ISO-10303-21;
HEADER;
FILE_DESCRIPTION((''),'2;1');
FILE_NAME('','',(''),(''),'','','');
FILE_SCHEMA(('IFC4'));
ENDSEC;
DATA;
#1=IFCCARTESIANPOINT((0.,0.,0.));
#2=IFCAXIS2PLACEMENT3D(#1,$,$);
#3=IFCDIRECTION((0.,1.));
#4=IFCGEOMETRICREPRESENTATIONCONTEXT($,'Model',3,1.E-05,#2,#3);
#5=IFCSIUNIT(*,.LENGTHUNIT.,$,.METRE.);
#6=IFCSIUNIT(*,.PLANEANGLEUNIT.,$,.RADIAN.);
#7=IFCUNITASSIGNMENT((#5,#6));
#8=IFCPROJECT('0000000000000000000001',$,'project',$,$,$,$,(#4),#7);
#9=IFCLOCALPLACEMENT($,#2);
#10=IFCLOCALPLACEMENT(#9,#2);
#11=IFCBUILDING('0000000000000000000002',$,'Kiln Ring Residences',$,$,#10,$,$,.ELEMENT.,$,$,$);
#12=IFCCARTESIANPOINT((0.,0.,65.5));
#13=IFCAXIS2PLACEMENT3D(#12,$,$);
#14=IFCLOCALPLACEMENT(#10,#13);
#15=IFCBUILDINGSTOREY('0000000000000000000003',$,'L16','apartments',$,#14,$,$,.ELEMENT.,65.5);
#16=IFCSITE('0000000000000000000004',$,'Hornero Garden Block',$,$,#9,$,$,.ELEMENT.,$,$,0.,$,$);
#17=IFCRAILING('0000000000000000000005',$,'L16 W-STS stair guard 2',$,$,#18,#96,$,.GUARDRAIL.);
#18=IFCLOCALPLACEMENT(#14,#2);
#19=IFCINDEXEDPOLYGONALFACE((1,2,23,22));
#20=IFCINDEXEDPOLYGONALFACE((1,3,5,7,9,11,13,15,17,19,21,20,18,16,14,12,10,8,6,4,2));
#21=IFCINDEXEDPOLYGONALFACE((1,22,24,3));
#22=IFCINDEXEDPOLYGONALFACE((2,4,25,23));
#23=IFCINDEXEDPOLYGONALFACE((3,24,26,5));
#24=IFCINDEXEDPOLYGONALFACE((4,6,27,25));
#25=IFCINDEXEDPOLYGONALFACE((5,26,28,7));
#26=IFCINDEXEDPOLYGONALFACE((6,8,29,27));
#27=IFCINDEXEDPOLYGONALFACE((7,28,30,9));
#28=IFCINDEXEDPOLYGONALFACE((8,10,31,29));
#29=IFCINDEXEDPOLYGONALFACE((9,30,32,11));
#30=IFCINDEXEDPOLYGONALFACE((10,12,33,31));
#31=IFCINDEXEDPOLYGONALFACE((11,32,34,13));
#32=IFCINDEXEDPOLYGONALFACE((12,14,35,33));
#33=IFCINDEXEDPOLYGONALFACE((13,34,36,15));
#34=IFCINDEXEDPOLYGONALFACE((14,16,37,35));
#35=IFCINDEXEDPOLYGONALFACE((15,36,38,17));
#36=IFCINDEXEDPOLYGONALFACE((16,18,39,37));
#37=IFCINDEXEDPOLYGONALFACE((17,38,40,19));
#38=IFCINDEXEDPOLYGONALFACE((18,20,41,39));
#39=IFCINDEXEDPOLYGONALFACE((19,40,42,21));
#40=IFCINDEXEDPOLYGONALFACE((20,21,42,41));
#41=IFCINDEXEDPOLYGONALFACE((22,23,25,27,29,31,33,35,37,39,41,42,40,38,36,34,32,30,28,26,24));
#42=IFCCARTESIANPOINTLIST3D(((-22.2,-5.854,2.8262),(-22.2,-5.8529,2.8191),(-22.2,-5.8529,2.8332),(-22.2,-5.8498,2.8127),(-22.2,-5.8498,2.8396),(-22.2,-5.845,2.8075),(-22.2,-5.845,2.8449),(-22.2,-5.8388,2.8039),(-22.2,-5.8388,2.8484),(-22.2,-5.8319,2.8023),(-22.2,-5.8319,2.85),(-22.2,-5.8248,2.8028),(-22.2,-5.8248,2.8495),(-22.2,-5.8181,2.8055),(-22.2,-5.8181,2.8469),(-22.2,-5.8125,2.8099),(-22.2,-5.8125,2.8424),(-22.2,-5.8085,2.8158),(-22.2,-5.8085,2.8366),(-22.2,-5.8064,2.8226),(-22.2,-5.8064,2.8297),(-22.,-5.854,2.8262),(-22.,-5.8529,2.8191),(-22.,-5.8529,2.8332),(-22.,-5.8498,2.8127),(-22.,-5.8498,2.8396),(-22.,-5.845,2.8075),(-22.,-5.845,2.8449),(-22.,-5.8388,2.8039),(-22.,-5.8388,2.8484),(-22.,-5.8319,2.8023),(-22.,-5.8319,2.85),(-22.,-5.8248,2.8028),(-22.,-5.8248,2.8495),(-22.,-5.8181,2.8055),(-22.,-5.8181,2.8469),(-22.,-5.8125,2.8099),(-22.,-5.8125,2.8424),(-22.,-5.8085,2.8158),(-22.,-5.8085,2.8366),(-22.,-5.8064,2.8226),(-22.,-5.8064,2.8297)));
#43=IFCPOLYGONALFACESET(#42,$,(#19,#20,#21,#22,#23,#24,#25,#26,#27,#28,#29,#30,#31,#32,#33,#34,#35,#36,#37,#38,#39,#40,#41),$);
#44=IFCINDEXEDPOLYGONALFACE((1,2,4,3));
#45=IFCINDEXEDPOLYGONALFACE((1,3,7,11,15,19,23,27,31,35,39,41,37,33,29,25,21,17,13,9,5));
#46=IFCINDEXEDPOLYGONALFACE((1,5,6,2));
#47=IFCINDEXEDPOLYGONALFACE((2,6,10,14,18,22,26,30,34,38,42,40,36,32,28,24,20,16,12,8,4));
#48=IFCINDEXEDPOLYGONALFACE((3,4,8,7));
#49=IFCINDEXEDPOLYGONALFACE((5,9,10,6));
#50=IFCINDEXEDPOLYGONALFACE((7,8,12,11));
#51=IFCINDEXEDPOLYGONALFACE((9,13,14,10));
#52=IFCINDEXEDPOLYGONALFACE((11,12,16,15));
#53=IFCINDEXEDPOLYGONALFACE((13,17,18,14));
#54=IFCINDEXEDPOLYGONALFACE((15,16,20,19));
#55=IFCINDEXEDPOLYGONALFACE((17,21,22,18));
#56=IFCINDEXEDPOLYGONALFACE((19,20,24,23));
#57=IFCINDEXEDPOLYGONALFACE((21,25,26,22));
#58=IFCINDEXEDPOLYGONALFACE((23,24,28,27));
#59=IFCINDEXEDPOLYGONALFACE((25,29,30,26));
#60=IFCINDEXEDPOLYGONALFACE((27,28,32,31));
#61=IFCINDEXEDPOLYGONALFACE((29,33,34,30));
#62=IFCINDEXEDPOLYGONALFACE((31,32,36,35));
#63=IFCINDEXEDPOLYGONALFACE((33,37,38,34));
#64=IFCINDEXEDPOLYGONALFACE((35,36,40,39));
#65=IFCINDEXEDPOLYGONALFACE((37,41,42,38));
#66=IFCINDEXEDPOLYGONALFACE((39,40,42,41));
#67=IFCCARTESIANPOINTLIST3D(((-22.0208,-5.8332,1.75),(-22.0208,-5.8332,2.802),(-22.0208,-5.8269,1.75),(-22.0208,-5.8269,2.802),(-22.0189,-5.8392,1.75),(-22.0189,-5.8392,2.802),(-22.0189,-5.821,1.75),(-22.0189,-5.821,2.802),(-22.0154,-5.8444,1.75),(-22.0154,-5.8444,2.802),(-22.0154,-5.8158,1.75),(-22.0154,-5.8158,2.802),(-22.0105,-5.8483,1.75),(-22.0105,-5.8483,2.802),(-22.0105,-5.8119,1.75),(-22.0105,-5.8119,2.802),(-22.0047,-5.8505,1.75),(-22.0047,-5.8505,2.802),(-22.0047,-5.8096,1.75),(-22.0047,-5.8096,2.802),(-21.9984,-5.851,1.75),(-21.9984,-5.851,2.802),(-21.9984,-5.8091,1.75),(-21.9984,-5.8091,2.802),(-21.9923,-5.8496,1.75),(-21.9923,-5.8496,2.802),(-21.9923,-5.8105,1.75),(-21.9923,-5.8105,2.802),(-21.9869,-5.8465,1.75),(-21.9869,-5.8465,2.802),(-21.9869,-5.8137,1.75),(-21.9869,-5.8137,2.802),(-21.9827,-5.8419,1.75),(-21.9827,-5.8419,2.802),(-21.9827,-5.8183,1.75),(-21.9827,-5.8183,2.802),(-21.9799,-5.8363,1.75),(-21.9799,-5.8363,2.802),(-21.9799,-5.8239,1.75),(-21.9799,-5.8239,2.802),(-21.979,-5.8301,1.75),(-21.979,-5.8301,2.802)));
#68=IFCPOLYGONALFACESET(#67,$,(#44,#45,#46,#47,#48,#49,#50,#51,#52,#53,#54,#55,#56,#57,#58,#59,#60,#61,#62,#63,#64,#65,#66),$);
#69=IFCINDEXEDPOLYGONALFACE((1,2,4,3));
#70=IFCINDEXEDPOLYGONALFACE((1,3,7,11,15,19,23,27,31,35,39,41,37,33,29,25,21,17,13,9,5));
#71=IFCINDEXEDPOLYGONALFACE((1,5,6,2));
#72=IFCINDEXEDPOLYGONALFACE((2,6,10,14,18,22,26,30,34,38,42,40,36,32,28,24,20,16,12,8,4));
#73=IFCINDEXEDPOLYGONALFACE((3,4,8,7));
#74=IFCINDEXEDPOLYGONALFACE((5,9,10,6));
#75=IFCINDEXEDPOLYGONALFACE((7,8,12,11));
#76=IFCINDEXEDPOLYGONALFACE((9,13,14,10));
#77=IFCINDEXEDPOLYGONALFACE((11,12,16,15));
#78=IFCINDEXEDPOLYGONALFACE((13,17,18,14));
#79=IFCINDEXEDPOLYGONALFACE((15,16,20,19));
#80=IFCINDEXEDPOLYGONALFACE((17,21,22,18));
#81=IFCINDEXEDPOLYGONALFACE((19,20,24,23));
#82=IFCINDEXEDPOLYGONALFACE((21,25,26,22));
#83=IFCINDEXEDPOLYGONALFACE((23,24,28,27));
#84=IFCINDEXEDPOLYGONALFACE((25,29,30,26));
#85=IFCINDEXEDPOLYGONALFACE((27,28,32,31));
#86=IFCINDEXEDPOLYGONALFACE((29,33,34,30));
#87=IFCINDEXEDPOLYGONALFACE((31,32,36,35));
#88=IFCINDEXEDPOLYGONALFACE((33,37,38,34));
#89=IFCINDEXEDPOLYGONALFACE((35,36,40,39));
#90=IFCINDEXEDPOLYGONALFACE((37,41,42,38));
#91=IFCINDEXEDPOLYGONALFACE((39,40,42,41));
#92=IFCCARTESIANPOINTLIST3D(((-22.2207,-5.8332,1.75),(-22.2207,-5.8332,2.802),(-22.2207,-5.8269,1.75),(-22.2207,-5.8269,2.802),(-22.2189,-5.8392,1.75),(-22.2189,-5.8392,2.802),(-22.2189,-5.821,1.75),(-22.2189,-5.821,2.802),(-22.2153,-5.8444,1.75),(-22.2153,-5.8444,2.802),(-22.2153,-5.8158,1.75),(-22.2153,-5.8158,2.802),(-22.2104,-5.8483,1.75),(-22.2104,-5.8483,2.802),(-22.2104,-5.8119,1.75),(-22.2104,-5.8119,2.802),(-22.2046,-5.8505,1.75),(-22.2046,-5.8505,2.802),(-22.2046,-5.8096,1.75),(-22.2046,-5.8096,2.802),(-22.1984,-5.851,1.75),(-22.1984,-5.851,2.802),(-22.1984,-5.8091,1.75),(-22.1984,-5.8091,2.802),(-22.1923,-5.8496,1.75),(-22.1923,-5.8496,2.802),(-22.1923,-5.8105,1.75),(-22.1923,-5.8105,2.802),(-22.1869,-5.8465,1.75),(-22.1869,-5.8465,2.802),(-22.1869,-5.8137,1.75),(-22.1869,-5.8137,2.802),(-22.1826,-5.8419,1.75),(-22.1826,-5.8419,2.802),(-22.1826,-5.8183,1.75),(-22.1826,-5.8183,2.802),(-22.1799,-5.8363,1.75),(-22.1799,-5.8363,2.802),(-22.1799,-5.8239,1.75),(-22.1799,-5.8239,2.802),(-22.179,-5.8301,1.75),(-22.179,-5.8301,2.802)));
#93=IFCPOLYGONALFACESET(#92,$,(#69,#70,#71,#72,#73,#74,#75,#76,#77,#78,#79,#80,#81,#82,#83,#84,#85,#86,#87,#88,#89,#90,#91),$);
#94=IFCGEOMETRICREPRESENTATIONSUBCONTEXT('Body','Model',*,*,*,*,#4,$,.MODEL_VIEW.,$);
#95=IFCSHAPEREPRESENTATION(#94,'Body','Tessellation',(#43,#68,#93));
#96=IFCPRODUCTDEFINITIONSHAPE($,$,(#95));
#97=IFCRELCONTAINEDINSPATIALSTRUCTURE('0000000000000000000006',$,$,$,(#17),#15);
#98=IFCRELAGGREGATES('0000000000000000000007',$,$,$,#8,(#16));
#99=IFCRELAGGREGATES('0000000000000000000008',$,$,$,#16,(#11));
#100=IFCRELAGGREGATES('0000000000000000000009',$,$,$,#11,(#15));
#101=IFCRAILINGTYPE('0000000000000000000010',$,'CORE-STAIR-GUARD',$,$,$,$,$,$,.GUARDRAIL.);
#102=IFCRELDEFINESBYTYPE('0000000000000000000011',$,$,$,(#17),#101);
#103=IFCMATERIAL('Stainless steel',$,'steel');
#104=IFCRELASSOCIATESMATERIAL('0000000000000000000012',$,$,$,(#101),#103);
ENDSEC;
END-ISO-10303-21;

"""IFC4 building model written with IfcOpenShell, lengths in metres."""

from ifc_helpers import new_model, si_unit, direction, frame, origin, origin_2d, place, context, subcontext, project, spatial, circle, extrude, material, type_object, element, save


model = new_model("IFC4")

# Units and contexts
model_context = context("Model", 3, precision=1e-05, world=origin(), true_north=direction((0.0, 1.0)))
body_context = subcontext(model_context, "Body", "Model", "MODEL_VIEW")
ifc_project = project(units=[si_unit("LENGTHUNIT", "METRE"), si_unit("PLANEANGLEUNIT", "RADIAN")], contexts=[model_context])

# Site, building, storey
site_placement = place(None, origin())
site = spatial("IfcSite", under=ifc_project, at=site_placement, Name="Hornero Garden Block", CompositionType="ELEMENT", RefElevation=0.0)
building_placement = place(site_placement, origin())
building = spatial("IfcBuilding", under=site, at=building_placement, Name="Kiln Ring Residences", CompositionType="ELEMENT")
storey_placement = place(building_placement, frame((0.0, 0.0, 65.5)))
storey = spatial("IfcBuildingStorey", under=building, at=storey_placement, Name="L16", Description="apartments", CompositionType="ELEMENT", Elevation=65.5)

# Railing
ifc_material_1 = material(Name="Stainless steel", Category="steel")
railing_type_1 = type_object("IfcRailingType", Name="CORE-STAIR-GUARD", PredefinedType="GUARDRAIL", material=ifc_material_1)
railing_1_placement = place(storey_placement, frame((-22.0, -5.8301, 1.75)))
element("IfcRailing", 1, at=railing_1_placement, inside=storey, type_object=railing_type_1, Name="L16 W-STS stair guard 2", PredefinedType="GUARDRAIL", context=body_context, shape_type="SweptSolid", body=[
    extrude(circle(Radius=0.0239, at=origin_2d()), frame((0.0, 0.0, 1.0762), z_axis=(-1.0, 0.0, 0.0), x_axis=(0.0, -1.0, 0.0)), (0.0, 0.0, 1.0), 0.2),
    extrude(circle(Radius=0.021, at=origin_2d()), origin(), (0.0, 0.0, 1.0), 1.052),
    extrude(circle(Radius=0.021, at=origin_2d()), frame((-0.2, 0.0, 0.0)), (0.0, 0.0, 1.0), 1.052),
])

save(model, "model.ifc")
